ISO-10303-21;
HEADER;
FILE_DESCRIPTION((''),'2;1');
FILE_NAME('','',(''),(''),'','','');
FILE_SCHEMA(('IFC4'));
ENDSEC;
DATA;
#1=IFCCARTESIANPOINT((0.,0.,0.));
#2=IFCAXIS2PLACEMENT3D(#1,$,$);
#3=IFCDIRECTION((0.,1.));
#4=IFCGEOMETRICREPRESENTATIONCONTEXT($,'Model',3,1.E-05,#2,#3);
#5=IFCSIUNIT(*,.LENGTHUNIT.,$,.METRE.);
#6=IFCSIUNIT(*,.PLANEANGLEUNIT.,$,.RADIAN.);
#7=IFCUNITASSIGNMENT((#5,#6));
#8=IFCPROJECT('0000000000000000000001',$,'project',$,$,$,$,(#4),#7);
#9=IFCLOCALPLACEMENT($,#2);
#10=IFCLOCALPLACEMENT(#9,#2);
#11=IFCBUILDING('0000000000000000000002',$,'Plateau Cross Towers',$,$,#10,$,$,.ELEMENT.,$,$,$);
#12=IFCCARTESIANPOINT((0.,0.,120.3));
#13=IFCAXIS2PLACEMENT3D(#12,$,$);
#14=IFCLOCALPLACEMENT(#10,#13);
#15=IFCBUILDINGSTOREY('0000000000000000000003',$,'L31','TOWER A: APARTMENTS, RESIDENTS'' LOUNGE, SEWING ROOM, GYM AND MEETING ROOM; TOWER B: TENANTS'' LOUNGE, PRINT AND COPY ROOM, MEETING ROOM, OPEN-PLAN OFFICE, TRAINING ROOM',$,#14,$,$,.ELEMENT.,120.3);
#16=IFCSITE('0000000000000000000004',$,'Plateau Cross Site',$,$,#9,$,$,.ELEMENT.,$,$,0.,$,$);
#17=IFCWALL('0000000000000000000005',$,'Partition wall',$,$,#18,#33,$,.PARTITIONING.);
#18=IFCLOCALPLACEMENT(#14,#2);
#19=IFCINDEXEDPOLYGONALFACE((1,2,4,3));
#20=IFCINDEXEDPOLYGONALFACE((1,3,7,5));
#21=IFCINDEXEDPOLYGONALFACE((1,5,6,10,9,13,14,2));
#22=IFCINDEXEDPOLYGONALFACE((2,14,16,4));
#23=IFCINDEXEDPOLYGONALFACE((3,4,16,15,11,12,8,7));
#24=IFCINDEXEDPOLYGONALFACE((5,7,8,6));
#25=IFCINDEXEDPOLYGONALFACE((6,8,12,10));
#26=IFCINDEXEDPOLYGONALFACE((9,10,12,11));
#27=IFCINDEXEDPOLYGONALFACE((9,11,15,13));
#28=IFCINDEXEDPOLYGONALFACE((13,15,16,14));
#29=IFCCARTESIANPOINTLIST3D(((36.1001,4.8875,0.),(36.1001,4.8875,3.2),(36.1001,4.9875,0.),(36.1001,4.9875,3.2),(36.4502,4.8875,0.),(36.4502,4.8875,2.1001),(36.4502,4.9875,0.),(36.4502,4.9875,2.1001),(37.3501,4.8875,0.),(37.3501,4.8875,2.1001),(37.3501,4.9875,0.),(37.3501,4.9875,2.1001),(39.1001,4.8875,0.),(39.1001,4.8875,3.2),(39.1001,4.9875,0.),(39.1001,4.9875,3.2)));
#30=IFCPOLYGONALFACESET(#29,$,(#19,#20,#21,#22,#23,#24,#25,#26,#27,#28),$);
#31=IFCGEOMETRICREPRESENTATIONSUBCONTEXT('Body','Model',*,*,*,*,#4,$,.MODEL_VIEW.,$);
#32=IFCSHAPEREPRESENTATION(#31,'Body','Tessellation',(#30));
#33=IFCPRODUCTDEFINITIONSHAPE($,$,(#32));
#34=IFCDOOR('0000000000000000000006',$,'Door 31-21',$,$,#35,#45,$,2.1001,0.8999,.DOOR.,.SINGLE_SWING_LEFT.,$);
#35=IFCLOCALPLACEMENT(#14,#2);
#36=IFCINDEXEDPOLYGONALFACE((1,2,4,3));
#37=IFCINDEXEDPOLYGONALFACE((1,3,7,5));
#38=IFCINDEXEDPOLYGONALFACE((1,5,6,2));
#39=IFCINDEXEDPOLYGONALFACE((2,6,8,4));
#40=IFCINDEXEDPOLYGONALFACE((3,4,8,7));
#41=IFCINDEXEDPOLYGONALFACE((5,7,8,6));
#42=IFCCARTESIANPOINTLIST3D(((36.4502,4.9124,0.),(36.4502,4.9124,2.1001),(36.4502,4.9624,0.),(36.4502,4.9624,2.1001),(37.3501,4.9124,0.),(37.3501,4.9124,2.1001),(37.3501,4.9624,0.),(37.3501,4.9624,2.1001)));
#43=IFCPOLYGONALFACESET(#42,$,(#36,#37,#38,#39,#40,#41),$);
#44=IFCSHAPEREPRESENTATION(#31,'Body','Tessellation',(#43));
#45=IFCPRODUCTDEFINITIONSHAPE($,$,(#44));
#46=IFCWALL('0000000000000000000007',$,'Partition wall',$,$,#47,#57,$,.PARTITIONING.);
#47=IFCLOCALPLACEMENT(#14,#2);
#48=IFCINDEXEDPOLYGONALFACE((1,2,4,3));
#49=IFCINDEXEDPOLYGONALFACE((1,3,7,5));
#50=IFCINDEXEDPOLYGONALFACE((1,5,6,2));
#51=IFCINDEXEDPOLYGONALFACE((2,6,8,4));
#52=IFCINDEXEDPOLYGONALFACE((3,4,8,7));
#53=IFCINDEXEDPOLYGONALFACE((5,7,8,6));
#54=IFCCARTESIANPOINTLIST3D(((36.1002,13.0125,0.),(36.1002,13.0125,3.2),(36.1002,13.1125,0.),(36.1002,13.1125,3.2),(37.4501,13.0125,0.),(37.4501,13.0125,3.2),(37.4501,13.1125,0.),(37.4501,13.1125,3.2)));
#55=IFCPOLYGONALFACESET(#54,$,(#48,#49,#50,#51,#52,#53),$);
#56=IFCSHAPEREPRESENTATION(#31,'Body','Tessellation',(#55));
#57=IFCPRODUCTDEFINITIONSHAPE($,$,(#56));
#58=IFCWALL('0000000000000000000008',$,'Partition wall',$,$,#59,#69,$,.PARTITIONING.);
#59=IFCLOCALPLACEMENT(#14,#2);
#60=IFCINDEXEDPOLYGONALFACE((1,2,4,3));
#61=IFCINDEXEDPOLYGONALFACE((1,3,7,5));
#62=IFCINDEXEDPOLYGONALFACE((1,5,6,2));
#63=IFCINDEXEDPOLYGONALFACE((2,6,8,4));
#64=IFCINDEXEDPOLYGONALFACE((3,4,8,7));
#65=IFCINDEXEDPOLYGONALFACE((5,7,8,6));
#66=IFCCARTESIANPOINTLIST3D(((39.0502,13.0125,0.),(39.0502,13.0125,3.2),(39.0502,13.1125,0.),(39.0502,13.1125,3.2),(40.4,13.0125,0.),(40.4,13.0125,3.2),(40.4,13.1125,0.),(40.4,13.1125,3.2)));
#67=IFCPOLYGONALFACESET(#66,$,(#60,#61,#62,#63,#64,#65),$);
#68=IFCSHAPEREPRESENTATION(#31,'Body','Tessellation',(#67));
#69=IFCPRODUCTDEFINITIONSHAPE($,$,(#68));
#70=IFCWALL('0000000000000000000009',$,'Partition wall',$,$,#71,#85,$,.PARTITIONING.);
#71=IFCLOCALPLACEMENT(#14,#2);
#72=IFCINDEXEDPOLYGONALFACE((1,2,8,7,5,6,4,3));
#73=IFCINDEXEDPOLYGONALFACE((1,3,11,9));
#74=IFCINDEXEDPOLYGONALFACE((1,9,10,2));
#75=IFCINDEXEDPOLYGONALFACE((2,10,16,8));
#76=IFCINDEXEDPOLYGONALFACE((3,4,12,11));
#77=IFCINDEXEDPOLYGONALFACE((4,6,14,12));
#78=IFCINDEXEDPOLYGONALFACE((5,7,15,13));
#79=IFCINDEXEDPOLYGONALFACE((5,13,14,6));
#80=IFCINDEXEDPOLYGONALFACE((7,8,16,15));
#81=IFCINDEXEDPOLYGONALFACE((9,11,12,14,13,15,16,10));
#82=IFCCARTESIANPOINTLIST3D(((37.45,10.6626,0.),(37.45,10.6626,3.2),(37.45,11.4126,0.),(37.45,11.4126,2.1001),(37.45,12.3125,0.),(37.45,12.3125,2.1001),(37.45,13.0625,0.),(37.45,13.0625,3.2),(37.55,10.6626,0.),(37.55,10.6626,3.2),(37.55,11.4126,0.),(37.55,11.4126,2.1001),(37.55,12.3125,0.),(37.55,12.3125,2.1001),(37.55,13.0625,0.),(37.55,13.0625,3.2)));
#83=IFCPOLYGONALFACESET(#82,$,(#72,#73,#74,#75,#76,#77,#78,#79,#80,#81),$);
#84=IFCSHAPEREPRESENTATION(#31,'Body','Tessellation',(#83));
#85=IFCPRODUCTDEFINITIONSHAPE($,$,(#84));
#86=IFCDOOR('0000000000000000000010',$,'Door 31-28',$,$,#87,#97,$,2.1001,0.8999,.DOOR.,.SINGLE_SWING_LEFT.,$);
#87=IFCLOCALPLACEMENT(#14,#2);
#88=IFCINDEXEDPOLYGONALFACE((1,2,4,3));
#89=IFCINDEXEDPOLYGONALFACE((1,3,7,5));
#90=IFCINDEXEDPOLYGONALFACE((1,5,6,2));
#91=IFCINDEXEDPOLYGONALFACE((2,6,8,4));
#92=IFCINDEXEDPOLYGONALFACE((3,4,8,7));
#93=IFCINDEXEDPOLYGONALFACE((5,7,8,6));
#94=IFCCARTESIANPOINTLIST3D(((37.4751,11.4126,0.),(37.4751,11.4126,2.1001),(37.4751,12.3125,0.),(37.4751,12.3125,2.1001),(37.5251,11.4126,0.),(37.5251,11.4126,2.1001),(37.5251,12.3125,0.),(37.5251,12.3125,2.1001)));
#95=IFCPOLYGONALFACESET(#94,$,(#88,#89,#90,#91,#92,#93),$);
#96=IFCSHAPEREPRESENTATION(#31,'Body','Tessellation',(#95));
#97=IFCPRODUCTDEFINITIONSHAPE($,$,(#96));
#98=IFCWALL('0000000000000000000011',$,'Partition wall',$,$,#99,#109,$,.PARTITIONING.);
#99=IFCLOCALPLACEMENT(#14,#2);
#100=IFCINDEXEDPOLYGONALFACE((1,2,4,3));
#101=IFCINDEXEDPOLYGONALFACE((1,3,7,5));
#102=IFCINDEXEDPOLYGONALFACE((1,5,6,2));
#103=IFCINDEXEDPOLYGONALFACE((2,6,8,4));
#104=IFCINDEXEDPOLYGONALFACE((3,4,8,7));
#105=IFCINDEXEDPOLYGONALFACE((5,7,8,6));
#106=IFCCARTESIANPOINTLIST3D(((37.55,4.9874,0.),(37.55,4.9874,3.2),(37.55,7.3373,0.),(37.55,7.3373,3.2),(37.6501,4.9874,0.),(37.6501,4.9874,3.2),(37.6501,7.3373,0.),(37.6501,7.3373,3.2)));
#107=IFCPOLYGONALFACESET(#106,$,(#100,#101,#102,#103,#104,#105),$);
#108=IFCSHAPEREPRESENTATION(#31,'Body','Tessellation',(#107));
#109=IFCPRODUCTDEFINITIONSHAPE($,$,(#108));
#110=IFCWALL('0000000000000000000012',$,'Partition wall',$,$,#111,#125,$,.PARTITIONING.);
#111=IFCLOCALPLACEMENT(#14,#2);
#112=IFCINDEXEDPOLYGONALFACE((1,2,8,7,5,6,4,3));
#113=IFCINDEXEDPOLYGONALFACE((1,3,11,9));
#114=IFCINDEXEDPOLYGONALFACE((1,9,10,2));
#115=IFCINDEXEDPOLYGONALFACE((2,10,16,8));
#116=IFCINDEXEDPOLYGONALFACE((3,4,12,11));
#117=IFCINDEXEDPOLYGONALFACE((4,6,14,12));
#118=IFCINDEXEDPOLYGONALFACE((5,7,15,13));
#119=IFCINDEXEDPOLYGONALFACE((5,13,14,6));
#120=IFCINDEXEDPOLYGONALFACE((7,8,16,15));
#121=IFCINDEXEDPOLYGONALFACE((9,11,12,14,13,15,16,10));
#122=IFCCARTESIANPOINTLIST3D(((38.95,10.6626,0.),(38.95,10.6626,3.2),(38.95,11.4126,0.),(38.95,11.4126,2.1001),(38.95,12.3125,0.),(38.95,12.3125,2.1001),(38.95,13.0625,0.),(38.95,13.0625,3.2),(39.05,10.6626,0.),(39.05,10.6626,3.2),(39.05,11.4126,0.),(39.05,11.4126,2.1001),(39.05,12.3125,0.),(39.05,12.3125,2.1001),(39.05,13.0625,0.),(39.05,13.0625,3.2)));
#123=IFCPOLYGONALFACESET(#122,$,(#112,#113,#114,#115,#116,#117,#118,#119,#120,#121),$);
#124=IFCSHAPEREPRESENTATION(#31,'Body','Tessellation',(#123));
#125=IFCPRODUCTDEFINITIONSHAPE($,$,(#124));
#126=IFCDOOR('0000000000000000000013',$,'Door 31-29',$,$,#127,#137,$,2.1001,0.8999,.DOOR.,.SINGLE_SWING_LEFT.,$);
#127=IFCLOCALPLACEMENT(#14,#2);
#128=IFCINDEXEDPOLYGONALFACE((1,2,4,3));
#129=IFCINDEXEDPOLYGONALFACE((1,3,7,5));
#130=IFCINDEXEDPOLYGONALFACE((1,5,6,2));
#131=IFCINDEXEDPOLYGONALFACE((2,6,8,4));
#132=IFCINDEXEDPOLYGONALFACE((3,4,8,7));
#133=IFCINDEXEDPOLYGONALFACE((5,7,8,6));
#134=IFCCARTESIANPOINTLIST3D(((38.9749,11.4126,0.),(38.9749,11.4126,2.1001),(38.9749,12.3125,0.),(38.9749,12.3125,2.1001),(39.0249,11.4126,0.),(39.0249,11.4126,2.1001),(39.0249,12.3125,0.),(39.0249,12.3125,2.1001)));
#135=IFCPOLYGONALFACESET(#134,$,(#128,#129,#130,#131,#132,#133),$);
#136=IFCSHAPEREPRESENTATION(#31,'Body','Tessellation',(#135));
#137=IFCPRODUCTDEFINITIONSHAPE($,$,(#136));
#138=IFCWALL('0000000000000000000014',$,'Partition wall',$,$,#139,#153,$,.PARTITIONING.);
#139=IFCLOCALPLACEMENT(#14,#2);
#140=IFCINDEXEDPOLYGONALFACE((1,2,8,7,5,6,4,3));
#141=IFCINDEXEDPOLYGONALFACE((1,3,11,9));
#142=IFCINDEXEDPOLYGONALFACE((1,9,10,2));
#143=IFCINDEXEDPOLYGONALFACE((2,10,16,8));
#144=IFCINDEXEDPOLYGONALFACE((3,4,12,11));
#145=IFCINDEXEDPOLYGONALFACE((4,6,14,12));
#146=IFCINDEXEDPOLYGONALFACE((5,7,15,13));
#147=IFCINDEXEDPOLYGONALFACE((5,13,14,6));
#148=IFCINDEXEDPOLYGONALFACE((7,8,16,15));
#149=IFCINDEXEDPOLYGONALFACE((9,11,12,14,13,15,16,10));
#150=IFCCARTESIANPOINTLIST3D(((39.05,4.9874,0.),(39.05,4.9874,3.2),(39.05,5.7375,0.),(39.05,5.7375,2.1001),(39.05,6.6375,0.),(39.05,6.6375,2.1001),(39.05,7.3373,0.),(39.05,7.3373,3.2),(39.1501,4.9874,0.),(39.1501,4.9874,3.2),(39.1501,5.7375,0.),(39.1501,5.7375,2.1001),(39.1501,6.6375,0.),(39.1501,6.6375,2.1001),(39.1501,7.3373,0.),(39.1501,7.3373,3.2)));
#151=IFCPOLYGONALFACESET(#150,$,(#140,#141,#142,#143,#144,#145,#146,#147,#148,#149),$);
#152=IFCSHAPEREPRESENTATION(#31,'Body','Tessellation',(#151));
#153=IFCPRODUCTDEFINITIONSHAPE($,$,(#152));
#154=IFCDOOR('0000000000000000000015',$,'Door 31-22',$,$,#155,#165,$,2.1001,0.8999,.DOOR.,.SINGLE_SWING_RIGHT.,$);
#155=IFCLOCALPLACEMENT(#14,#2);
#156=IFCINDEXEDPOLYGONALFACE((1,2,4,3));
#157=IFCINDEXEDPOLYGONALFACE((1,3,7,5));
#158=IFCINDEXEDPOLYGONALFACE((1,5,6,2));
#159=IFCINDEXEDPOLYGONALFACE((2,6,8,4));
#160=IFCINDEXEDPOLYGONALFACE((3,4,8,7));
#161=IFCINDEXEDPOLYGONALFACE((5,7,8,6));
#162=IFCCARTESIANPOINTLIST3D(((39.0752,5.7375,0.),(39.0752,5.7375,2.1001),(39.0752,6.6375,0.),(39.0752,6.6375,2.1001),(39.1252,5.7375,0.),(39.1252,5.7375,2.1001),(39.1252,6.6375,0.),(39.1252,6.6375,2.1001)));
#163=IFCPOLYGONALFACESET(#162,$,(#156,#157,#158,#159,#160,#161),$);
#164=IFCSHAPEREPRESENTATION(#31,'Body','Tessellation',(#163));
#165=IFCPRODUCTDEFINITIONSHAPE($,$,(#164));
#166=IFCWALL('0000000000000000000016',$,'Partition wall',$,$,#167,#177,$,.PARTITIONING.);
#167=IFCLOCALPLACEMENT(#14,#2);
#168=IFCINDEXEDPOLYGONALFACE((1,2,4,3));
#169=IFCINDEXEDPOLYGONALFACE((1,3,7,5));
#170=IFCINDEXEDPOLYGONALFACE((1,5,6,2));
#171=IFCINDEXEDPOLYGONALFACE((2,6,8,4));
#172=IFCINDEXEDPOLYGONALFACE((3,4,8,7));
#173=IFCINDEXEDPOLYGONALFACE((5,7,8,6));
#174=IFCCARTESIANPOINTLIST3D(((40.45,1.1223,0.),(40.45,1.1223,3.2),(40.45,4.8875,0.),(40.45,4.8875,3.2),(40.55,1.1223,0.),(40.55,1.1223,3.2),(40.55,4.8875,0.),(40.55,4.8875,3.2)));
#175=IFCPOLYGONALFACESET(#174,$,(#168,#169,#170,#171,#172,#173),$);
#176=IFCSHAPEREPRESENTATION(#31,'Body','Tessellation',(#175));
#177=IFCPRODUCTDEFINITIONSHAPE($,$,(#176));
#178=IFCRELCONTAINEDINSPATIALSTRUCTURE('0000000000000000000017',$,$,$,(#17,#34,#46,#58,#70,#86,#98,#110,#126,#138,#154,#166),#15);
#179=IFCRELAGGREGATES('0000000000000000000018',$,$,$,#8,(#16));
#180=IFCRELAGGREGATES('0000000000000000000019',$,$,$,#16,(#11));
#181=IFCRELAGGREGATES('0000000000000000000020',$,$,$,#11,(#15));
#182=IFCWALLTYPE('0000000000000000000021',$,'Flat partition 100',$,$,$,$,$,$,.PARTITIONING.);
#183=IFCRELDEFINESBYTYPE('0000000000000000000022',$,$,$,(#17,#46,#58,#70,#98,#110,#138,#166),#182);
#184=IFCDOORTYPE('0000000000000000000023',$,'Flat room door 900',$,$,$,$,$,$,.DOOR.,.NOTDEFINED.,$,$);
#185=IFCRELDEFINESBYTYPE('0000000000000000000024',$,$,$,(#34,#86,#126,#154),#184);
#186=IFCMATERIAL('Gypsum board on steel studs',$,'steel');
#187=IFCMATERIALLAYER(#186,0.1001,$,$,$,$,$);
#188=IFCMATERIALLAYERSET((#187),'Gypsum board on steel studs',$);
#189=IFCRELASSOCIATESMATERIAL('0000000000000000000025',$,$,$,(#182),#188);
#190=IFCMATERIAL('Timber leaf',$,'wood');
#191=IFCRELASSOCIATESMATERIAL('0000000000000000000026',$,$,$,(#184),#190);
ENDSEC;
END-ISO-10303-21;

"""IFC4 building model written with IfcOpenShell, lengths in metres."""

from ifc_helpers import new_model, si_unit, direction, frame, frame_2d, origin, place, context, subcontext, project, spatial, rectangle, extrude, material, layer, layer_set, type_object, element, fill, save


model = new_model("IFC4")

# Units and contexts
model_context = context("Model", 3, precision=1e-05, world=origin(), true_north=direction((0.0, 1.0)))
body_context = subcontext(model_context, "Body", "Model", "MODEL_VIEW")
ifc_project = project(units=[si_unit("LENGTHUNIT", "METRE"), si_unit("PLANEANGLEUNIT", "RADIAN")], contexts=[model_context])

# Site, building, storey
site_placement = place(None, origin())
site = spatial("IfcSite", under=ifc_project, at=site_placement, Name="Plateau Cross Site", CompositionType="ELEMENT", RefElevation=0.0)
building_placement = place(site_placement, origin())
building = spatial("IfcBuilding", under=site, at=building_placement, Name="Plateau Cross Towers", CompositionType="ELEMENT")
storey_placement = place(building_placement, frame((0.0, 0.0, 120.3)))
storey = spatial("IfcBuildingStorey", under=building, at=storey_placement, Name="L31", Description="TOWER A: APARTMENTS, RESIDENTS' LOUNGE, SEWING ROOM, GYM AND MEETING ROOM; TOWER B: TENANTS' LOUNGE, PRINT AND COPY ROOM, MEETING ROOM, OPEN-PLAN OFFICE, TRAINING ROOM", CompositionType="ELEMENT", Elevation=120.3)

# Wall, opening, door
ifc_material_1 = material(Name="Gypsum board on steel studs", Category="steel")
ifc_layer_1 = layer(ifc_material_1, 0.1001)
ifc_layer_set_1 = layer_set([ifc_layer_1], Name="Gypsum board on steel studs")
wall_type_1 = type_object("IfcWallType", Name="Flat partition 100", PredefinedType="PARTITIONING", material=ifc_layer_set_1)
wall_1_placement = place(storey_placement, frame((36.1001, 4.9375, 0.0), z_axis=(0.0, 0.0, 1.0), x_axis=(1.0, 0.0, 0.0)))
wall_1 = element("IfcWall", 1, at=wall_1_placement, inside=storey, type_object=wall_type_1, Name="Partition wall", PredefinedType="PARTITIONING", context=body_context, shape_type="SweptSolid", body=[
    extrude(rectangle(XDim=3.0, YDim=0.1001, at=frame_2d((1.5, 0.0))), origin(), (0.0, 0.0, 1.0), 3.2),
])
opening_1_placement = place(wall_1_placement, frame((0.3501, 0.0, 0.0)))
opening_1 = element("IfcOpeningElement", 2, at=opening_1_placement, cuts=wall_1, PredefinedType="OPENING", context=body_context, shape_type="SweptSolid", body=[
    extrude(rectangle(XDim=0.8999, YDim=2.1001, at=frame_2d((0.45, 1.05))), frame((0.0, 0.0601, 0.0), z_axis=(0.0, -1.0, 0.0), x_axis=(1.0, 0.0, 0.0)), (0.0, 0.0, 1.0), 0.1201),
])
ifc_material_2 = material(Name="Timber leaf", Category="wood")
door_type = type_object("IfcDoorType", Name="Flat room door 900", OperationType="NOTDEFINED", PredefinedType="DOOR", material=ifc_material_2)
door_1_placement = place(opening_1_placement, origin())
door_1 = element("IfcDoor", 3, at=door_1_placement, inside=storey, type_object=door_type, Name="Door 31-21", OperationType="SINGLE_SWING_LEFT", OverallHeight=2.1001, OverallWidth=0.8999, PredefinedType="DOOR", context=body_context, shape_type="SweptSolid", body=[
    extrude(rectangle(XDim=0.8999, YDim=2.1001, at=frame_2d((0.45, 1.05))), frame((0.0, 0.0249, 0.0), z_axis=(0.0, -1.0, 0.0), x_axis=(1.0, 0.0, 0.0)), (0.0, 0.0, 1.0), 0.05),
])
fill(opening_1, door_1)

# Walls
for number, where, z_axis, x_axis, name in (
    (4, (37.45, 13.0625, 0.0), (0.0, 0.0, 1.0), (-1.0, 0.0, 0.0), "Partition wall"),
    (5, (40.3999, 13.0625, 0.0), (0.0, 0.0, 1.0), (-1.0, 0.0, 0.0), "Partition wall"),
):
    element("IfcWall", number, at=place(storey_placement, frame(where, z_axis=z_axis, x_axis=x_axis)), inside=storey, type_object=wall_type_1, Name=name, PredefinedType="PARTITIONING", context=body_context, shape_type="SweptSolid", body=[
        extrude(rectangle(XDim=1.3499, YDim=0.1001, at=frame_2d((0.6748, 0.0))), origin(), (0.0, 0.0, 1.0), 3.2),
    ])

# Wall, opening, door
wall_2_placement = place(storey_placement, frame((37.5, 10.6626, 0.0), z_axis=(0.0, 0.0, 1.0), x_axis=(0.0, 1.0, 0.0)))
wall_2 = element("IfcWall", 6, at=wall_2_placement, inside=storey, type_object=wall_type_1, Name="Partition wall", PredefinedType="PARTITIONING", context=body_context, shape_type="SweptSolid", body=[
    extrude(rectangle(XDim=2.3999, YDim=0.1001, at=frame_2d((1.2, 0.0))), origin(), (0.0, 0.0, 1.0), 3.2),
])
opening_2_placement = place(wall_2_placement, frame((0.75, 0.0, 0.0)))
opening_2 = element("IfcOpeningElement", 7, at=opening_2_placement, cuts=wall_2, PredefinedType="OPENING", context=body_context, shape_type="SweptSolid", body=[
    extrude(rectangle(XDim=0.8999, YDim=2.1001, at=frame_2d((0.45, 1.05))), frame((0.0, 0.0601, 0.0), z_axis=(0.0, -1.0, 0.0), x_axis=(1.0, 0.0, 0.0)), (0.0, 0.0, 1.0), 0.1201),
])
door_2_placement = place(opening_2_placement, origin())
door_2 = element("IfcDoor", 8, at=door_2_placement, inside=storey, type_object=door_type, Name="Door 31-28", OperationType="SINGLE_SWING_LEFT", OverallHeight=2.1001, OverallWidth=0.8999, PredefinedType="DOOR", context=body_context, shape_type="SweptSolid", body=[
    extrude(rectangle(XDim=0.8999, YDim=2.1001, at=frame_2d((0.45, 1.05))), frame((0.0, 0.0249, 0.0), z_axis=(0.0, -1.0, 0.0), x_axis=(1.0, 0.0, 0.0)), (0.0, 0.0, 1.0), 0.05),
])
fill(opening_2, door_2)

# Wall
wall_3_placement = place(storey_placement, frame((37.6001, 4.9875, 0.0), z_axis=(0.0, 0.0, 1.0), x_axis=(0.0, 1.0, 0.0)))
element("IfcWall", 9, at=wall_3_placement, inside=storey, type_object=wall_type_1, Name="Partition wall", PredefinedType="PARTITIONING", context=body_context, shape_type="SweptSolid", body=[
    extrude(rectangle(XDim=2.3499, YDim=0.1001, at=frame_2d((1.1748, 0.0))), origin(), (0.0, 0.0, 1.0), 3.2),
])

# Walls, openings, doors
wall_4_placement = place(storey_placement, frame((39.0, 13.0625, 0.0), z_axis=(0.0, 0.0, 1.0), x_axis=(0.0, -1.0, 0.0)))
wall_4 = element("IfcWall", 10, at=wall_4_placement, inside=storey, type_object=wall_type_1, Name="Partition wall", PredefinedType="PARTITIONING", context=body_context, shape_type="SweptSolid", body=[
    extrude(rectangle(XDim=2.3999, YDim=0.1001, at=frame_2d((1.2, 0.0))), origin(), (0.0, 0.0, 1.0), 3.2),
])
opening_3_placement = place(wall_4_placement, frame((0.75, 0.0, 0.0)))
opening_3 = element("IfcOpeningElement", 11, at=opening_3_placement, cuts=wall_4, PredefinedType="OPENING", context=body_context, shape_type="SweptSolid", body=[
    extrude(rectangle(XDim=0.8999, YDim=2.1001, at=frame_2d((0.45, 1.05))), frame((0.0, 0.0601, 0.0), z_axis=(0.0, -1.0, 0.0), x_axis=(1.0, 0.0, 0.0)), (0.0, 0.0, 1.0), 0.1201),
])
door_3_placement = place(opening_3_placement, origin())
door_3 = element("IfcDoor", 12, at=door_3_placement, inside=storey, type_object=door_type, Name="Door 31-29", OperationType="SINGLE_SWING_LEFT", OverallHeight=2.1001, OverallWidth=0.8999, PredefinedType="DOOR", context=body_context, shape_type="SweptSolid", body=[
    extrude(rectangle(XDim=0.8999, YDim=2.1001, at=frame_2d((0.45, 1.05))), frame((0.0, 0.0249, 0.0), z_axis=(0.0, -1.0, 0.0), x_axis=(1.0, 0.0, 0.0)), (0.0, 0.0, 1.0), 0.05),
])
fill(opening_3, door_3)
wall_5_placement = place(storey_placement, frame((39.1001, 4.9875, 0.0), z_axis=(0.0, 0.0, 1.0), x_axis=(0.0, 1.0, 0.0)))
wall_5 = element("IfcWall", 13, at=wall_5_placement, inside=storey, type_object=wall_type_1, Name="Partition wall", PredefinedType="PARTITIONING", context=body_context, shape_type="SweptSolid", body=[
    extrude(rectangle(XDim=2.3499, YDim=0.1001, at=frame_2d((1.1748, 0.0))), origin(), (0.0, 0.0, 1.0), 3.2),
])
opening_4_placement = place(wall_5_placement, frame((0.75, 0.0, 0.0)))
opening_4 = element("IfcOpeningElement", 14, at=opening_4_placement, cuts=wall_5, PredefinedType="OPENING", context=body_context, shape_type="SweptSolid", body=[
    extrude(rectangle(XDim=0.8999, YDim=2.1001, at=frame_2d((0.45, 1.05))), frame((0.0, 0.0601, 0.0), z_axis=(0.0, -1.0, 0.0), x_axis=(1.0, 0.0, 0.0)), (0.0, 0.0, 1.0), 0.1201),
])
door_4_placement = place(opening_4_placement, origin())
door_4 = element("IfcDoor", 15, at=door_4_placement, inside=storey, type_object=door_type, Name="Door 31-22", OperationType="SINGLE_SWING_RIGHT", OverallHeight=2.1001, OverallWidth=0.8999, PredefinedType="DOOR", context=body_context, shape_type="SweptSolid", body=[
    extrude(rectangle(XDim=0.8999, YDim=2.1001, at=frame_2d((0.45, 1.05))), frame((0.0, 0.0249, 0.0), z_axis=(0.0, -1.0, 0.0), x_axis=(1.0, 0.0, 0.0)), (0.0, 0.0, 1.0), 0.05),
])
fill(opening_4, door_4)

# Wall
wall_6_placement = place(storey_placement, frame((40.5, 4.8875, 0.0), z_axis=(0.0, 0.0, 1.0), x_axis=(0.0, -1.0, 0.0)))
element("IfcWall", 16, at=wall_6_placement, inside=storey, type_object=wall_type_1, Name="Partition wall", PredefinedType="PARTITIONING", context=body_context, shape_type="SweptSolid", body=[
    extrude(rectangle(XDim=3.7651, YDim=0.1001, at=frame_2d((1.8826, 0.0))), origin(), (0.0, 0.0, 1.0), 3.2),
])

save(model, "model.ifc")
